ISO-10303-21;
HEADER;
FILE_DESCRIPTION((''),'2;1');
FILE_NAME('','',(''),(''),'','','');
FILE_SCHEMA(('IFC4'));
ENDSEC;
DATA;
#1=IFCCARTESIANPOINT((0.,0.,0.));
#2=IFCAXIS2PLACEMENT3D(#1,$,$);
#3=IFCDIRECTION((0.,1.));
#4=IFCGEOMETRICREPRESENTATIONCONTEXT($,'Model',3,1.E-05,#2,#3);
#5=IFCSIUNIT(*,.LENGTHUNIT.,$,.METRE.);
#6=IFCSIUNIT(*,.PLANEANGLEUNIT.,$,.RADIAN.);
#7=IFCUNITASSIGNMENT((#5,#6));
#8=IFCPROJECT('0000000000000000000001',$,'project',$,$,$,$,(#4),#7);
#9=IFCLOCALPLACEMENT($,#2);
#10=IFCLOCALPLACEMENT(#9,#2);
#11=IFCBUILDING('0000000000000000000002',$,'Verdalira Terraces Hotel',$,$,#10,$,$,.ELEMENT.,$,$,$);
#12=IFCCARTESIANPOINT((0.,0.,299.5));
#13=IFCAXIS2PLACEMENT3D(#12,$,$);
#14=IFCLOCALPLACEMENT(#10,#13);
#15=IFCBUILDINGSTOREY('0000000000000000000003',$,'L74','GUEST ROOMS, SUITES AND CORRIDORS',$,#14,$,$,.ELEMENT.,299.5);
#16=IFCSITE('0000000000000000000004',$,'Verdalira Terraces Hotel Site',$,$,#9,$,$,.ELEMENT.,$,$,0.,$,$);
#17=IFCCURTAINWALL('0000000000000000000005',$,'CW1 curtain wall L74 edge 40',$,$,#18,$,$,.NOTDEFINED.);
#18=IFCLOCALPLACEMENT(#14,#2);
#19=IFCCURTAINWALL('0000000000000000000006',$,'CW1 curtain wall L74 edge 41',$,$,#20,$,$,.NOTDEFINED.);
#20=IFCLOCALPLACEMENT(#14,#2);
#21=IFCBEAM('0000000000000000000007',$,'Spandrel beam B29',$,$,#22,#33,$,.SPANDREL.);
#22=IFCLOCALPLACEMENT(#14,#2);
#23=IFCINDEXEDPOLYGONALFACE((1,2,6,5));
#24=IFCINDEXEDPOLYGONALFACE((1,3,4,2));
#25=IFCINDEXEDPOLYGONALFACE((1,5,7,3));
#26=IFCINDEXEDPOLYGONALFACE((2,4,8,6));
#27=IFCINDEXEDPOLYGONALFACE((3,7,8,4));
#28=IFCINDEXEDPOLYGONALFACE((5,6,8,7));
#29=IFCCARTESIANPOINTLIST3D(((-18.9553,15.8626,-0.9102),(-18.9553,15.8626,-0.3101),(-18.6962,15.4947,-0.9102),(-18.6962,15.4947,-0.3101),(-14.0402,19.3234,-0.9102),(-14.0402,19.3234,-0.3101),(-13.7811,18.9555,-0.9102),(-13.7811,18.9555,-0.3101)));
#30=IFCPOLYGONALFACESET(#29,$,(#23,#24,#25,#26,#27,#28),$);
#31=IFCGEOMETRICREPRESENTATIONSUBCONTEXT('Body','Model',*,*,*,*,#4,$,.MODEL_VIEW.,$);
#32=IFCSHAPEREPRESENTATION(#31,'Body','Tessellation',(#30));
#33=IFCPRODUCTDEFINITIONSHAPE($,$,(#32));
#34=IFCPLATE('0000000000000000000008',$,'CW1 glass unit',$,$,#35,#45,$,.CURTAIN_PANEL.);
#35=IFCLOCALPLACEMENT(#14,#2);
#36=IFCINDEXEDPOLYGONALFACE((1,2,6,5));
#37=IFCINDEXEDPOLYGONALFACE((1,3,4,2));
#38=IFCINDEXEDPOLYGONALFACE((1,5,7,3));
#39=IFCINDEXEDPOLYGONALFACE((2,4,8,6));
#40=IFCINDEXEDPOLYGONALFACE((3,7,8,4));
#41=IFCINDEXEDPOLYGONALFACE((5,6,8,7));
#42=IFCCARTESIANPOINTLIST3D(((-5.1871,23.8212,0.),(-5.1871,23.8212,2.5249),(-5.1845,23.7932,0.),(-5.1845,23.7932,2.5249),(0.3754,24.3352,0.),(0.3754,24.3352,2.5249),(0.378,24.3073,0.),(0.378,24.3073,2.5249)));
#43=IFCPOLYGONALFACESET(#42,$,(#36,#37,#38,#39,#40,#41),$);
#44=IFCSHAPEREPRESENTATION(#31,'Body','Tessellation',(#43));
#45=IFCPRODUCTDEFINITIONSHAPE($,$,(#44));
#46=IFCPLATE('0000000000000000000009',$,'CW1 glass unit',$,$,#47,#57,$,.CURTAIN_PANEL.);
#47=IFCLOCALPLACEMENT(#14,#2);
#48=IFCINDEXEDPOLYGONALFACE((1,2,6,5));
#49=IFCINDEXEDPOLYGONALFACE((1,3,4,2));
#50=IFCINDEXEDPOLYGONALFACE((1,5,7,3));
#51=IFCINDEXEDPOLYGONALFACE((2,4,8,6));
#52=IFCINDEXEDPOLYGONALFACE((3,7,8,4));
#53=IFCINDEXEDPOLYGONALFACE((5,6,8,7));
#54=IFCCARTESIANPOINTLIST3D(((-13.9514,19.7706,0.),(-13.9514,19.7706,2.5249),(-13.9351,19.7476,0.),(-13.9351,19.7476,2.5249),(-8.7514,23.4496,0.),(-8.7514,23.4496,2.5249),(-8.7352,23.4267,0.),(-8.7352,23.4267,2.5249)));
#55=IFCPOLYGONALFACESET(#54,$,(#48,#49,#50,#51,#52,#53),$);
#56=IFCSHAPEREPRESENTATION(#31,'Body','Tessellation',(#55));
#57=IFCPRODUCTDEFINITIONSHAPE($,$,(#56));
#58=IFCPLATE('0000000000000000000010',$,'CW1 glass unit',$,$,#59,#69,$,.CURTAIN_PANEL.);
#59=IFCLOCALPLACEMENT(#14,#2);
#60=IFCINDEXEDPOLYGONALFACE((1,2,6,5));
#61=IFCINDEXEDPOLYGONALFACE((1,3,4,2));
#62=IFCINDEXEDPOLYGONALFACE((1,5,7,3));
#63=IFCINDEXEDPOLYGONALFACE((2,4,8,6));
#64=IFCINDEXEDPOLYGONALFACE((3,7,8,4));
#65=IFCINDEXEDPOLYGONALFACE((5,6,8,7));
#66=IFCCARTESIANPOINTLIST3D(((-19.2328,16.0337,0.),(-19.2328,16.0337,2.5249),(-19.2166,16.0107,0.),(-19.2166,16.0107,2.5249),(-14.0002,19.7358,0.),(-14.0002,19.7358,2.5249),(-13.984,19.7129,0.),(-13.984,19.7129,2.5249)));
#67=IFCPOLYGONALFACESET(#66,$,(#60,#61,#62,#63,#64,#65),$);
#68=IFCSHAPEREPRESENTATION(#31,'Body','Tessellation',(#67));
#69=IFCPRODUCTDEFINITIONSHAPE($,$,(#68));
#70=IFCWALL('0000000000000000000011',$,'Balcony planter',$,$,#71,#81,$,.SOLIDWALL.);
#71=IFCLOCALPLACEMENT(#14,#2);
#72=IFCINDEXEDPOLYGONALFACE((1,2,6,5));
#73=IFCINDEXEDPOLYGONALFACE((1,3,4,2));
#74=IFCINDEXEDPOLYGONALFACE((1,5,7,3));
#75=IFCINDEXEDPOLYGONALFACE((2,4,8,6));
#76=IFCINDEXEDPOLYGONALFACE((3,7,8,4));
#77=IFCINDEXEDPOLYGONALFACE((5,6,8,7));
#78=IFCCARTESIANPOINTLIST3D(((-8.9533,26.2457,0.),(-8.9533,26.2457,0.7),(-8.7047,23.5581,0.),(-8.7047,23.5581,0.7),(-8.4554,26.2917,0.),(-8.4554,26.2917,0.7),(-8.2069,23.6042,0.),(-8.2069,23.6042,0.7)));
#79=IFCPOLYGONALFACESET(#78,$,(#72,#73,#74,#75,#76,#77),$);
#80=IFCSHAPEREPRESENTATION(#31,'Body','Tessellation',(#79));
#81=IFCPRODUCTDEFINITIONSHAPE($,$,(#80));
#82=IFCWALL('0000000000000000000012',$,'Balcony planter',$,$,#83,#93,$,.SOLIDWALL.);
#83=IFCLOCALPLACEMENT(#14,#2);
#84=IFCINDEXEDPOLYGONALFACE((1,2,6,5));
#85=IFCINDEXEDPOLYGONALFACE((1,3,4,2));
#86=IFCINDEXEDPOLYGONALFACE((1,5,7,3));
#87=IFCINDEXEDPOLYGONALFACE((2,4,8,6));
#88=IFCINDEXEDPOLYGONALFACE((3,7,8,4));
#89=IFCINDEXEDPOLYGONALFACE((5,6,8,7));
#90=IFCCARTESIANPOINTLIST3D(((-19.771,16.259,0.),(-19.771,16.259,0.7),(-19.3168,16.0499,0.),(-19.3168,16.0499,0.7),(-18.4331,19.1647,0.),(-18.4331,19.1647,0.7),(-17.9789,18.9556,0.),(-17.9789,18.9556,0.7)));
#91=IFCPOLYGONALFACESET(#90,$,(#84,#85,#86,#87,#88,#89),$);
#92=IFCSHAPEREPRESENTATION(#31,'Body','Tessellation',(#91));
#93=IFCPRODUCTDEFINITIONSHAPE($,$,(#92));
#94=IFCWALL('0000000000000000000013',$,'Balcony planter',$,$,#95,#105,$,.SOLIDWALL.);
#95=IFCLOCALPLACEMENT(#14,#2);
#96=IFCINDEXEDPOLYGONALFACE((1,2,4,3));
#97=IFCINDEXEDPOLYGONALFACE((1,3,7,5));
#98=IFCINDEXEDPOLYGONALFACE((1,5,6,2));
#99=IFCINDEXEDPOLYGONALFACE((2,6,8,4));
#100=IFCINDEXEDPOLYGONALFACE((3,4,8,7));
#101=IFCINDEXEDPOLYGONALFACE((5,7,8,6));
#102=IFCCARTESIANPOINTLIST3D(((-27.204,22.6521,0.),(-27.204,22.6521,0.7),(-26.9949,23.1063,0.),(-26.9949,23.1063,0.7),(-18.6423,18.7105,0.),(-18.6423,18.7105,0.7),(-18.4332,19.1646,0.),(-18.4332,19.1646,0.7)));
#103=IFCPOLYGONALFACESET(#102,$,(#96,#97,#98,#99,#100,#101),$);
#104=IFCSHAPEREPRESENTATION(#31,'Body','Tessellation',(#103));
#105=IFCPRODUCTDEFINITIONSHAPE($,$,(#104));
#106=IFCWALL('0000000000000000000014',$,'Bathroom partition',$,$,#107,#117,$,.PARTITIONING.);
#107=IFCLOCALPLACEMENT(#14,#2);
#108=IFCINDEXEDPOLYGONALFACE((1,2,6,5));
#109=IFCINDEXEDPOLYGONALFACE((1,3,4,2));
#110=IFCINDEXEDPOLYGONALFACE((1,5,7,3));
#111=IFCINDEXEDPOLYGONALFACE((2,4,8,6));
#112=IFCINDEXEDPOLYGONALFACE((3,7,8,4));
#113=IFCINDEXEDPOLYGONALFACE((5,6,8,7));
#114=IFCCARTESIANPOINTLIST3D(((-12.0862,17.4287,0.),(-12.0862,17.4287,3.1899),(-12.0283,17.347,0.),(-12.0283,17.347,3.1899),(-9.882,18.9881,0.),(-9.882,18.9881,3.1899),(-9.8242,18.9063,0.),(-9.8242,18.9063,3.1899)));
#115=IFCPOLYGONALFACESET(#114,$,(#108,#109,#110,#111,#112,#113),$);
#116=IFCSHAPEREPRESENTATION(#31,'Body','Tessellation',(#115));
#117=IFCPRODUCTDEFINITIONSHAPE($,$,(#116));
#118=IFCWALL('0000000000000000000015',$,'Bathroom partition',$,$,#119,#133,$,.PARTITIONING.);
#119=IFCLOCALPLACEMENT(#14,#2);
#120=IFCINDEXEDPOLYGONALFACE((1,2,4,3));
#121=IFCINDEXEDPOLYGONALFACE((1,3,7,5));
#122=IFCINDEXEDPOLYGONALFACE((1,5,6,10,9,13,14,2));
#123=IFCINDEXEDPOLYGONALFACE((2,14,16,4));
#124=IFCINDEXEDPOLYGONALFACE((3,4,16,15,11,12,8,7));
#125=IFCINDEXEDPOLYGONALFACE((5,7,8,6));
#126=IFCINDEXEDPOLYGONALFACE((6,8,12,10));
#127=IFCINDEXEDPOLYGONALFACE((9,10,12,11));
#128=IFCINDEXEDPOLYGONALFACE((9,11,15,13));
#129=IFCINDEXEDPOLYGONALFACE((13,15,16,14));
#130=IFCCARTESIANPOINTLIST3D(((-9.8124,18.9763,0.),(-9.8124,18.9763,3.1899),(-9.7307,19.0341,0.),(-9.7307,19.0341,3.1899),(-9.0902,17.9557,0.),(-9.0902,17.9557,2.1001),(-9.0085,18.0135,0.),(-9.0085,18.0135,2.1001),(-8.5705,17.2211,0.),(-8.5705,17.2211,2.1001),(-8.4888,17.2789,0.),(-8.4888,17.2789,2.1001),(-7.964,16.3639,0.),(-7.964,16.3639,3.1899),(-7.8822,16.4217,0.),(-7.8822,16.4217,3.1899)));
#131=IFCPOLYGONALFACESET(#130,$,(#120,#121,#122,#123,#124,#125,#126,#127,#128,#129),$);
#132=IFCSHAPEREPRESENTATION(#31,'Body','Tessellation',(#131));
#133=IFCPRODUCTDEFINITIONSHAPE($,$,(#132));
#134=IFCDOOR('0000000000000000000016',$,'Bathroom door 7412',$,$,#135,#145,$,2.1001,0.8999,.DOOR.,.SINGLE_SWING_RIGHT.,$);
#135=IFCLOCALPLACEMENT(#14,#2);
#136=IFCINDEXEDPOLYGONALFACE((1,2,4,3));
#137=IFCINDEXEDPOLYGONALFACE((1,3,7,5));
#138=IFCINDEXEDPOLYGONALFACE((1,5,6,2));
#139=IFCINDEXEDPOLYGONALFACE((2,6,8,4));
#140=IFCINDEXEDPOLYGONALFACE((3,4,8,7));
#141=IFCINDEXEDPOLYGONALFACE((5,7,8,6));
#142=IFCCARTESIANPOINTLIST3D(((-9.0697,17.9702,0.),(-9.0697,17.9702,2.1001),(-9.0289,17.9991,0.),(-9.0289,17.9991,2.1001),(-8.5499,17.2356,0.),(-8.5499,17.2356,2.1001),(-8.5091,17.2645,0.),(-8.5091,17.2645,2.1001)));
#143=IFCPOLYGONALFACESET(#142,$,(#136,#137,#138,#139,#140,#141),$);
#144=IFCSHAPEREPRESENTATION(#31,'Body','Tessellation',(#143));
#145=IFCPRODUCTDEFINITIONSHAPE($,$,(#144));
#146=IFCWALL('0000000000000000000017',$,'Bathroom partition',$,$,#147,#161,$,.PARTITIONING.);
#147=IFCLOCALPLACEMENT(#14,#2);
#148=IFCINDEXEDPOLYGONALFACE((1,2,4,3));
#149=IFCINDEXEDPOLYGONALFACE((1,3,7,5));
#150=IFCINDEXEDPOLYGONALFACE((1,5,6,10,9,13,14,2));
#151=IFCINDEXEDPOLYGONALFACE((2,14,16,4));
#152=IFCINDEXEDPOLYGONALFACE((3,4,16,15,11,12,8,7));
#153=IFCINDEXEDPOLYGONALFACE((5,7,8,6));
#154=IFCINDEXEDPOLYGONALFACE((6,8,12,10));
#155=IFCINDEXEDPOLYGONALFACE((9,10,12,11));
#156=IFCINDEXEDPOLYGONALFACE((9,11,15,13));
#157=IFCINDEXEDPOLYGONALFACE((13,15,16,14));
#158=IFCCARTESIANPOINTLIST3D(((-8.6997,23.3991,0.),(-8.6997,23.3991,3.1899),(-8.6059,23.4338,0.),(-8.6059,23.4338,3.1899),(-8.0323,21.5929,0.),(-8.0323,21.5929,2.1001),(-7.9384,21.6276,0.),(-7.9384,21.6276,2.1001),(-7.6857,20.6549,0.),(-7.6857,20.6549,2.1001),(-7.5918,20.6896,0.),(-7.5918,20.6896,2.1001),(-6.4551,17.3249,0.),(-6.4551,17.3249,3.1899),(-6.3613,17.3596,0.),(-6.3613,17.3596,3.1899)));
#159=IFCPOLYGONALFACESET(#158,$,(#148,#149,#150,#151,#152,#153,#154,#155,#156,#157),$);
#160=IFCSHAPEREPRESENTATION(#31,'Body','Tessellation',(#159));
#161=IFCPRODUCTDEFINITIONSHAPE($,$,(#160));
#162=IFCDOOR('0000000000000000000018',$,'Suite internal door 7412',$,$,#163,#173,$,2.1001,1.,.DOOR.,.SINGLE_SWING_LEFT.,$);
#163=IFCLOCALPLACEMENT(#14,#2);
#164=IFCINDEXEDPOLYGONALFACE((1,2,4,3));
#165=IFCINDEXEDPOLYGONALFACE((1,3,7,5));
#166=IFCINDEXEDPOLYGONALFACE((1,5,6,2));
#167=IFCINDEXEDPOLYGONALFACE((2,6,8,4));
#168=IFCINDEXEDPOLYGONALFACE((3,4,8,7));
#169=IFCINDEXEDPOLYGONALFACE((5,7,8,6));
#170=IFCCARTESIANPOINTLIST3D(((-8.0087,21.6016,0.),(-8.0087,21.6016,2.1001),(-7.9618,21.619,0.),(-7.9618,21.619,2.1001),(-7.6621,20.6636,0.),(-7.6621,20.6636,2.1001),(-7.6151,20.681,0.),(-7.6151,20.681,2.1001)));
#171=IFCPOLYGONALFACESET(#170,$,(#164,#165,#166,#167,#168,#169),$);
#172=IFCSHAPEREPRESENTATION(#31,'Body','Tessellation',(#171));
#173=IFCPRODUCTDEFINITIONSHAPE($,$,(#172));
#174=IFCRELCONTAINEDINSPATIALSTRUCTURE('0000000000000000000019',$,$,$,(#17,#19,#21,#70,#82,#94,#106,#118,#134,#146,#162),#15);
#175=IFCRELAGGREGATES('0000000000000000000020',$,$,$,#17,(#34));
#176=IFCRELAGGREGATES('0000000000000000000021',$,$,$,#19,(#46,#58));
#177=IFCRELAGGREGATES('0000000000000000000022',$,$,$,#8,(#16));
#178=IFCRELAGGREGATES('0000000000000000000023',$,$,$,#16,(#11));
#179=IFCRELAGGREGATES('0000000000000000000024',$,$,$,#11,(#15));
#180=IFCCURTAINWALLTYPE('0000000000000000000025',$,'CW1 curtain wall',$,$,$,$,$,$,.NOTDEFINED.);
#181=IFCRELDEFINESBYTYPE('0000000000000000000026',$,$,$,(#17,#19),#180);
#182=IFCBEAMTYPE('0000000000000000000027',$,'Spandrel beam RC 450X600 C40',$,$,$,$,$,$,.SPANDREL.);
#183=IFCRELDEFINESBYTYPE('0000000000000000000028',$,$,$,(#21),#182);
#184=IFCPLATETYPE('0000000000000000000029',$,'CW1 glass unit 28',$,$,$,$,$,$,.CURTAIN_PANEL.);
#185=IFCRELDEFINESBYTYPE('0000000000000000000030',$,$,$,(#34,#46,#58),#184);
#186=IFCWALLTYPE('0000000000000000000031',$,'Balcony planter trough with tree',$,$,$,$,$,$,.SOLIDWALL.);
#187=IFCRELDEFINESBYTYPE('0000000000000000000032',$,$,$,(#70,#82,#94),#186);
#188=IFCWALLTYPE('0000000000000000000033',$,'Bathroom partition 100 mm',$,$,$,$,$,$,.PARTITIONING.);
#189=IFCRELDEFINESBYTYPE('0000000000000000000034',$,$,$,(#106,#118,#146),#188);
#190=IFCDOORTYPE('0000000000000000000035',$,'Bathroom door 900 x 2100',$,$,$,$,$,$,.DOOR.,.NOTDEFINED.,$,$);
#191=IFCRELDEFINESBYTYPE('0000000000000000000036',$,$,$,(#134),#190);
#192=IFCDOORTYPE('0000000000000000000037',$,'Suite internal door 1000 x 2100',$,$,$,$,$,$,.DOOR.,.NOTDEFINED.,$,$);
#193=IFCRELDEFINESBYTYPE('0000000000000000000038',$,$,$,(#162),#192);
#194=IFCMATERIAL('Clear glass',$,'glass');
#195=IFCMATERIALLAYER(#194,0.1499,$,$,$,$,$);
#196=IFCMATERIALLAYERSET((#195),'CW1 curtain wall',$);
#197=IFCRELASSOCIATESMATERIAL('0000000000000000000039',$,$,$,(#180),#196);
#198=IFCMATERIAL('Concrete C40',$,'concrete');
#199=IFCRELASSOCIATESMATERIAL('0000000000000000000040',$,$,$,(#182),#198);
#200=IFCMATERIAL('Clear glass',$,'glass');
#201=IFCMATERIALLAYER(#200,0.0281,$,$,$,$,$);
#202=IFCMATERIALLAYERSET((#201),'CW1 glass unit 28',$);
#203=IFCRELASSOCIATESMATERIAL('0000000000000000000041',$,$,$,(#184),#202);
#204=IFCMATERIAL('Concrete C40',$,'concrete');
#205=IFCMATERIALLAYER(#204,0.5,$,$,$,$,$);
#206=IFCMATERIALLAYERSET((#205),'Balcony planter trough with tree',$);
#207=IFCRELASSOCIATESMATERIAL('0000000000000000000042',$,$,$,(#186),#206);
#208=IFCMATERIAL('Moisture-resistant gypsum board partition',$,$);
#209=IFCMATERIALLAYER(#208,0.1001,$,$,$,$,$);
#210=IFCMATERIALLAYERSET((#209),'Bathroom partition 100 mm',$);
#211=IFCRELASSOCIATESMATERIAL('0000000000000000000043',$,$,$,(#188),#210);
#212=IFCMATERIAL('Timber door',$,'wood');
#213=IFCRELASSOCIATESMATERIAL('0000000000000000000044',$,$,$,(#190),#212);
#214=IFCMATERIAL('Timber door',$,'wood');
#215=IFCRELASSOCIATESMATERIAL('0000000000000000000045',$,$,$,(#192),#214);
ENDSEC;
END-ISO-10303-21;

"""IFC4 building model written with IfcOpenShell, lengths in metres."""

from ifc_helpers import new_model, si_unit, direction, frame, frame_2d, origin, origin_2d, place, context, subcontext, project, spatial, rectangle, extrude, material, layer, layer_set, material_profile, profile_set, type_object, element, fill, aggregate, save


model = new_model("IFC4")

# Units and contexts
model_context = context("Model", 3, precision=1e-05, world=origin(), true_north=direction((0.0, 1.0)))
body_context = subcontext(model_context, "Body", "Model", "MODEL_VIEW")
ifc_project = project(units=[si_unit("LENGTHUNIT", "METRE"), si_unit("PLANEANGLEUNIT", "RADIAN")], contexts=[model_context])

# Site, building, storey
site_placement = place(None, origin())
site = spatial("IfcSite", under=ifc_project, at=site_placement, Name="Verdalira Terraces Hotel Site", CompositionType="ELEMENT", RefElevation=0.0)
building_placement = place(site_placement, origin())
building = spatial("IfcBuilding", under=site, at=building_placement, Name="Verdalira Terraces Hotel", CompositionType="ELEMENT")
storey_placement = place(building_placement, frame((0.0, 0.0, 299.5)))
storey = spatial("IfcBuildingStorey", under=building, at=storey_placement, Name="L74", Description="GUEST ROOMS, SUITES AND CORRIDORS", CompositionType="ELEMENT", Elevation=299.5)

# Curtain wall
ifc_material_1 = material(Name="Clear glass", Category="glass")
ifc_layer_1 = layer(ifc_material_1, 0.1499)
ifc_layer_set_1 = layer_set([ifc_layer_1], Name="CW1 curtain wall")
curtain_wall_type = type_object("IfcCurtainWallType", Name="CW1 curtain wall", PredefinedType="NOTDEFINED", material=ifc_layer_set_1)
curtain_wall_1_placement = place(storey_placement, origin())
curtain_wall_1 = element("IfcCurtainWall", 1, at=curtain_wall_1_placement, inside=storey, type_object=curtain_wall_type, Name="CW1 curtain wall L74 edge 40", PredefinedType="NOTDEFINED")

# Curtain wall
curtain_wall_2_placement = place(storey_placement, origin())
curtain_wall_2 = element("IfcCurtainWall", 2, at=curtain_wall_2_placement, inside=storey, type_object=curtain_wall_type, Name="CW1 curtain wall L74 edge 41", PredefinedType="NOTDEFINED")

# Beam
ifc_material_2 = material(Name="Concrete C40", Category="concrete")
ifc_material_profile_1 = material_profile(ifc_material_2, rectangle(XDim=0.45, YDim=0.6001, at=origin_2d()), Name="RC 450X600")
ifc_profile_set_1 = profile_set([ifc_material_profile_1], Name="Concrete C40")
beam_type_1 = type_object("IfcBeamType", Name="Spandrel beam RC 450X600 C40", PredefinedType="SPANDREL", material=ifc_profile_set_1)
beam_1_placement = place(storey_placement, frame((-13.9106, 19.1394, -0.6101), z_axis=(-0.817653, -0.575712, 0.0), x_axis=(0.575712, -0.817653, 0.0)))
element("IfcBeam", 3, at=beam_1_placement, inside=storey, type_object=beam_type_1, Name="Spandrel beam B29", PredefinedType="SPANDREL", context=body_context, shape_type="SweptSolid", body=[
    extrude(rectangle(XDim=0.45, YDim=0.6001, at=origin_2d()), origin(), (0.0, 0.0, 1.0), 6.0112),
])

# Plates
ifc_material_3 = material(Name="Clear glass", Category="glass")
ifc_layer_2 = layer(ifc_material_3, 0.0281)
ifc_layer_set_2 = layer_set([ifc_layer_2], Name="CW1 glass unit 28")
plate_type = type_object("IfcPlateType", Name="CW1 glass unit 28", PredefinedType="CURTAIN_PANEL", material=ifc_layer_set_2)
plate_1_placement = place(storey_placement, frame((-2.4045, 24.0642, 0.0), z_axis=(0.0, 0.0, 1.0), x_axis=(-0.995757, -0.092023, 0.0)))
plate_1 = element("IfcPlate", 4, at=plate_1_placement, type_object=plate_type, Name="CW1 glass unit", PredefinedType="CURTAIN_PANEL", context=body_context, shape_type="SweptSolid", body=[
    extrude(rectangle(XDim=5.5862, YDim=0.0281, at=origin_2d()), origin(), (0.0, 0.0, 1.0), 2.5249),
])
aggregate(curtain_wall_1, [plate_1])
plate_2_placement = place(storey_placement, frame((-11.3433, 21.5986, 0.0), z_axis=(0.0, 0.0, 1.0), x_axis=(-0.816339, -0.577573, 0.0)))
plate_2 = element("IfcPlate", 5, at=plate_2_placement, type_object=plate_type, Name="CW1 glass unit", PredefinedType="CURTAIN_PANEL", context=body_context, shape_type="SweptSolid", body=[
    extrude(rectangle(XDim=6.3699, YDim=0.0281, at=origin_2d()), origin(), (0.0, 0.0, 1.0), 2.5249),
])
plate_3_placement = place(storey_placement, frame((-16.6084, 17.8733, 0.0), z_axis=(0.0, 0.0, 1.0), x_axis=(-0.816339, -0.577573, 0.0)))
plate_3 = element("IfcPlate", 6, at=plate_3_placement, type_object=plate_type, Name="CW1 glass unit", PredefinedType="CURTAIN_PANEL", context=body_context, shape_type="SweptSolid", body=[
    extrude(rectangle(XDim=6.4099, YDim=0.0281, at=origin_2d()), origin(), (0.0, 0.0, 1.0), 2.5249),
])
aggregate(curtain_wall_2, [plate_2, plate_3])

# Walls
ifc_material_4 = material(Name="Concrete C40", Category="concrete")
ifc_layer_3 = layer(ifc_material_4, 0.5)
ifc_layer_set_3 = layer_set([ifc_layer_3], Name="Balcony planter trough with tree")
wall_type_1 = type_object("IfcWallType", Name="Balcony planter trough with tree", PredefinedType="SOLIDWALL", material=ifc_layer_set_3)
wall_1_placement = place(storey_placement, frame((-8.7043, 26.2688, 0.0), z_axis=(0.0, 0.0, 1.0), x_axis=(0.092085, -0.995751, 0.0)))
element("IfcWall", 7, at=wall_1_placement, inside=storey, type_object=wall_type_1, Name="Balcony planter", PredefinedType="SOLIDWALL", context=body_context, shape_type="SweptSolid", body=[
    extrude(rectangle(XDim=2.699, YDim=0.5, at=frame_2d((1.3496, 0.0))), origin(), (0.0, 0.0, 1.0), 0.7),
])
wall_2_placement = place(storey_placement, frame((-19.5439, 16.1543, 0.0), z_axis=(0.0, 0.0, 1.0), x_axis=(0.418226, 0.908343, 0.0)))
element("IfcWall", 8, at=wall_2_placement, inside=storey, type_object=wall_type_1, Name="Balcony planter", PredefinedType="SOLIDWALL", context=body_context, shape_type="SweptSolid", body=[
    extrude(rectangle(XDim=3.199, YDim=0.5, at=frame_2d((1.5996, 0.0))), origin(), (0.0, 0.0, 1.0), 0.7),
])
wall_3_placement = place(storey_placement, frame((-18.5376, 18.9375, 0.0), z_axis=(0.0, 0.0, 1.0), x_axis=(-0.90836, 0.418189, 0.0)))
element("IfcWall", 9, at=wall_3_placement, inside=storey, type_object=wall_type_1, Name="Balcony planter", PredefinedType="SOLIDWALL", context=body_context, shape_type="SweptSolid", body=[
    extrude(rectangle(XDim=9.4255, YDim=0.5, at=frame_2d((4.7129, 0.0))), origin(), (0.0, 0.0, 1.0), 0.7),
])
ifc_material_5 = material(Name="Moisture-resistant gypsum board partition")
ifc_layer_4 = layer(ifc_material_5, 0.1001)
ifc_layer_set_4 = layer_set([ifc_layer_4], Name="Bathroom partition 100 mm")
wall_type_2 = type_object("IfcWallType", Name="Bathroom partition 100 mm", PredefinedType="PARTITIONING", material=ifc_layer_set_4)
wall_4_placement = place(storey_placement, frame((-9.853, 18.9473, 0.0), z_axis=(0.0, 0.0, 1.0), x_axis=(-0.816358, -0.577546, 0.0)))
element("IfcWall", 10, at=wall_4_placement, inside=storey, type_object=wall_type_2, Name="Bathroom partition", PredefinedType="PARTITIONING", context=body_context, shape_type="SweptSolid", body=[
    extrude(rectangle(XDim=2.7, YDim=0.1001, at=frame_2d((1.3501, 0.0))), origin(), (0.0, 0.0, 1.0), 3.1899),
])

# Walls, openings, doors
wall_5_placement = place(storey_placement, frame((-7.9231, 16.3928, 0.0), z_axis=(0.0, 0.0, 1.0), x_axis=(-0.577602, 0.816318, 0.0)))
wall_5 = element("IfcWall", 11, at=wall_5_placement, inside=storey, type_object=wall_type_2, Name="Bathroom partition", PredefinedType="PARTITIONING", context=body_context, shape_type="SweptSolid", body=[
    extrude(rectangle(XDim=3.2002, YDim=0.1001, at=frame_2d((1.6001, 0.0))), origin(), (0.0, 0.0, 1.0), 3.1899),
])
opening_1_placement = place(wall_5_placement, frame((1.05, 0.0, 0.0)))
opening_1 = element("IfcOpeningElement", 12, at=opening_1_placement, cuts=wall_5, PredefinedType="OPENING", context=body_context, shape_type="SweptSolid", body=[
    extrude(rectangle(XDim=0.8999, YDim=2.1001, at=frame_2d((0.45, 1.05))), frame((0.0, 0.0601, 0.0), z_axis=(0.0, -1.0, 0.0), x_axis=(1.0, 0.0, 0.0)), (0.0, 0.0, 1.0), 0.1201),
])
ifc_material_6 = material(Name="Timber door", Category="wood")
door_type_1 = type_object("IfcDoorType", Name="Bathroom door 900 x 2100", OperationType="NOTDEFINED", PredefinedType="DOOR", material=ifc_material_6)
door_1_placement = place(opening_1_placement, origin())
door_1 = element("IfcDoor", 13, at=door_1_placement, inside=storey, type_object=door_type_1, Name="Bathroom door 7412", OperationType="SINGLE_SWING_RIGHT", OverallHeight=2.1001, OverallWidth=0.8999, PredefinedType="DOOR", context=body_context, shape_type="SweptSolid", body=[
    extrude(rectangle(XDim=0.8999, YDim=2.1001, at=frame_2d((0.45, 1.05))), frame((0.0, 0.0249, 0.0), z_axis=(0.0, -1.0, 0.0), x_axis=(1.0, 0.0, 0.0)), (0.0, 0.0, 1.0), 0.05),
])
fill(opening_1, door_1)
wall_6_placement = place(storey_placement, frame((-6.4082, 17.3423, 0.0), z_axis=(0.0, 0.0, 1.0), x_axis=(-0.346624, 0.938004, 0.0)))
wall_6 = element("IfcWall", 14, at=wall_6_placement, inside=storey, type_object=wall_type_2, Name="Bathroom partition", PredefinedType="PARTITIONING", context=body_context, shape_type="SweptSolid", body=[
    extrude(rectangle(XDim=6.4756, YDim=0.1001, at=frame_2d((3.2378, 0.0))), origin(), (0.0, 0.0, 1.0), 3.1899),
])
opening_2_placement = place(wall_6_placement, frame((3.55, 0.0, 0.0)))
opening_2 = element("IfcOpeningElement", 15, at=opening_2_placement, cuts=wall_6, PredefinedType="OPENING", context=body_context, shape_type="SweptSolid", body=[
    extrude(rectangle(XDim=1.0, YDim=2.1001, at=frame_2d((0.5, 1.05))), frame((0.0, 0.0601, 0.0), z_axis=(0.0, -1.0, 0.0), x_axis=(1.0, 0.0, 0.0)), (0.0, 0.0, 1.0), 0.1201),
])
ifc_material_7 = material(Name="Timber door", Category="wood")
door_type_2 = type_object("IfcDoorType", Name="Suite internal door 1000 x 2100", OperationType="NOTDEFINED", PredefinedType="DOOR", material=ifc_material_7)
door_2_placement = place(opening_2_placement, origin())
door_2 = element("IfcDoor", 16, at=door_2_placement, inside=storey, type_object=door_type_2, Name="Suite internal door 7412", OperationType="SINGLE_SWING_LEFT", OverallHeight=2.1001, OverallWidth=1.0, PredefinedType="DOOR", context=body_context, shape_type="SweptSolid", body=[
    extrude(rectangle(XDim=1.0, YDim=2.1001, at=frame_2d((0.5, 1.05))), frame((0.0, 0.0249, 0.0), z_axis=(0.0, -1.0, 0.0), x_axis=(1.0, 0.0, 0.0)), (0.0, 0.0, 1.0), 0.05),
])
fill(opening_2, door_2)

save(model, "model.ifc")
